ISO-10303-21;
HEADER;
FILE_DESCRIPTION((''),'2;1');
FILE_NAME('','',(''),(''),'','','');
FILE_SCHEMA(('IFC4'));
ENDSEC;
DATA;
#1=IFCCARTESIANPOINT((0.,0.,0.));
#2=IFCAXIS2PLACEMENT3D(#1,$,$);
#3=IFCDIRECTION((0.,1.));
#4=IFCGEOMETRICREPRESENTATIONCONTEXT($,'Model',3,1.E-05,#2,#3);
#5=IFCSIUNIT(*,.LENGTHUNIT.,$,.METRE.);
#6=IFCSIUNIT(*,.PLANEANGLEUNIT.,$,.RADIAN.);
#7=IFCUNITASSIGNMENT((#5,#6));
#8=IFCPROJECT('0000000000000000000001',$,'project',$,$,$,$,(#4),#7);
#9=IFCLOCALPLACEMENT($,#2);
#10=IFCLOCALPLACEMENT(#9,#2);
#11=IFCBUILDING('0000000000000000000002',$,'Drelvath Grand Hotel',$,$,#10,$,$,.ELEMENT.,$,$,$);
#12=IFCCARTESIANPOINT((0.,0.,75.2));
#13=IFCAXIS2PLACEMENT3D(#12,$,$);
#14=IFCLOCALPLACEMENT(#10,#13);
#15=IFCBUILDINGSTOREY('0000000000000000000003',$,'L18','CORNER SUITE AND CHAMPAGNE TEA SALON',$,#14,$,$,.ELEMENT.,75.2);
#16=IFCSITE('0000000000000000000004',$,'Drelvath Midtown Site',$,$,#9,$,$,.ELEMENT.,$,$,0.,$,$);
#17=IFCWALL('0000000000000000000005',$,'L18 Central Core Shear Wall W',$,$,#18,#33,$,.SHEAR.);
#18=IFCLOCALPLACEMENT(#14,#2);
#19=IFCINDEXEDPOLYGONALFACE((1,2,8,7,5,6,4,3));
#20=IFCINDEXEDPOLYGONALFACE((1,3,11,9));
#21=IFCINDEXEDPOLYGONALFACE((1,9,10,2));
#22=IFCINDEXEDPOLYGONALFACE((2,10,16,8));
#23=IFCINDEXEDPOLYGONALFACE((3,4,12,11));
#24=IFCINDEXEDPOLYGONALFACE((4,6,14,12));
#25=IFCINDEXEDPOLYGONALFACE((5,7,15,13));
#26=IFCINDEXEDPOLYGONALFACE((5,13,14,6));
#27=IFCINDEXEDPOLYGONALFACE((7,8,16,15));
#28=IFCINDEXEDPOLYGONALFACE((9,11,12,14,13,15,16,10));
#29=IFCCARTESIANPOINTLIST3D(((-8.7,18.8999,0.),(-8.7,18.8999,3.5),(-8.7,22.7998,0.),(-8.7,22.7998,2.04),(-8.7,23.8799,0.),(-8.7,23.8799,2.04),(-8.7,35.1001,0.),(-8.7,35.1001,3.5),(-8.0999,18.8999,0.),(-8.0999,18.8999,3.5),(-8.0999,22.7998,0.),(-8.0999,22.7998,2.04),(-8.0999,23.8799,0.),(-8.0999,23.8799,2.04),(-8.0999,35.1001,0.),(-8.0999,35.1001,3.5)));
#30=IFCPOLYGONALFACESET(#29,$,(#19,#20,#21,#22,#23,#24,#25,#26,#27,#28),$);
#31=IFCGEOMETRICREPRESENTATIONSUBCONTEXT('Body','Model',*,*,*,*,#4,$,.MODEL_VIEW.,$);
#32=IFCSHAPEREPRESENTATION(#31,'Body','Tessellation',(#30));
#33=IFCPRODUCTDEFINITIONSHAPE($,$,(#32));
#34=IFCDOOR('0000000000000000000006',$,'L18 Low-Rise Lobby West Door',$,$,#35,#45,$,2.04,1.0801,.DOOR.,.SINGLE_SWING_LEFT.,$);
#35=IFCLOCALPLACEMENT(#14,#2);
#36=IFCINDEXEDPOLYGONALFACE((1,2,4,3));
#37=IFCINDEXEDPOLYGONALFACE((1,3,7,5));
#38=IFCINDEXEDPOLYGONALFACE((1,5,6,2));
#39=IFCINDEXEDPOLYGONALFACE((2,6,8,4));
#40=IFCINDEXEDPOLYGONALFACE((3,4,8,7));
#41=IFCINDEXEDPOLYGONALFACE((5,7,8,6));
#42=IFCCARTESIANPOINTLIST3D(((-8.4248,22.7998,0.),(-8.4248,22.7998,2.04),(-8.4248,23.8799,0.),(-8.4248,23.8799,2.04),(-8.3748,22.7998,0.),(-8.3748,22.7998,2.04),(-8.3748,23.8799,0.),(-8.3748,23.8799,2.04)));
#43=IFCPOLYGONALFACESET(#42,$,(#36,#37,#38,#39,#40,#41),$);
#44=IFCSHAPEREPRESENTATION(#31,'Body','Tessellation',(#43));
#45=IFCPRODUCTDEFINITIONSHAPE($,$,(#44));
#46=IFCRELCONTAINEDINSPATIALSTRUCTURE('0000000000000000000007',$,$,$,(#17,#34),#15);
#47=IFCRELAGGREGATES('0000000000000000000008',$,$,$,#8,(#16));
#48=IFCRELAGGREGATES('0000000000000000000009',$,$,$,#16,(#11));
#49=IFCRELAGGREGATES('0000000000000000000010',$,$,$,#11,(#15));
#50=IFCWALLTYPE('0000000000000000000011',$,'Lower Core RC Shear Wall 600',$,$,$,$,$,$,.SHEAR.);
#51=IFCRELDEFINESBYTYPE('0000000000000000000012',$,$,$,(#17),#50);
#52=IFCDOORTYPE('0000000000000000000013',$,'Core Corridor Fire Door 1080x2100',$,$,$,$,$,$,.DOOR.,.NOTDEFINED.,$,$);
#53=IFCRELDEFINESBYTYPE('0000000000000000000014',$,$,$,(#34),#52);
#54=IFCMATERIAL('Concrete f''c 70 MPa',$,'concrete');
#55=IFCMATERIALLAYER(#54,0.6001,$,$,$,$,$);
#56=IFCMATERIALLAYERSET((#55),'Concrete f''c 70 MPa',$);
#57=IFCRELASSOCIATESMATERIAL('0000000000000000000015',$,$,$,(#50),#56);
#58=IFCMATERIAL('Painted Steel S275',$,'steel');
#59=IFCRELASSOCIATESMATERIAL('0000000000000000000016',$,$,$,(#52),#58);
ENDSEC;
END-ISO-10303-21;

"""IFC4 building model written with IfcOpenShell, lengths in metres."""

from ifc_helpers import new_model, si_unit, direction, frame, frame_2d, origin, place, context, subcontext, project, spatial, rectangle, extrude, material, layer, layer_set, type_object, element, fill, save


model = new_model("IFC4")

# Units and contexts
model_context = context("Model", 3, precision=1e-05, world=origin(), true_north=direction((0.0, 1.0)))
body_context = subcontext(model_context, "Body", "Model", "MODEL_VIEW")
ifc_project = project(units=[si_unit("LENGTHUNIT", "METRE"), si_unit("PLANEANGLEUNIT", "RADIAN")], contexts=[model_context])

# Site, building, storey
site_placement = place(None, origin())
site = spatial("IfcSite", under=ifc_project, at=site_placement, Name="Drelvath Midtown Site", CompositionType="ELEMENT", RefElevation=0.0)
building_placement = place(site_placement, origin())
building = spatial("IfcBuilding", under=site, at=building_placement, Name="Drelvath Grand Hotel", CompositionType="ELEMENT")
storey_placement = place(building_placement, frame((0.0, 0.0, 75.2)))
storey = spatial("IfcBuildingStorey", under=building, at=storey_placement, Name="L18", Description="CORNER SUITE AND CHAMPAGNE TEA SALON", CompositionType="ELEMENT", Elevation=75.2)

# Wall, opening, door
ifc_material_1 = material(Name="Concrete f'c 70 MPa", Category="concrete")
ifc_layer_1 = layer(ifc_material_1, 0.6001)
ifc_layer_set_1 = layer_set([ifc_layer_1], Name="Concrete f'c 70 MPa")
wall_type_1 = type_object("IfcWallType", Name="Lower Core RC Shear Wall 600", PredefinedType="SHEAR", material=ifc_layer_set_1)
wall_1_placement = place(storey_placement, frame((-8.3999, 18.8999, 0.0), z_axis=(0.0, 0.0, 1.0), x_axis=(0.0, 1.0, 0.0)))
wall_1 = element("IfcWall", 1, at=wall_1_placement, inside=storey, type_object=wall_type_1, Name="L18 Central Core Shear Wall W", PredefinedType="SHEAR", context=body_context, shape_type="SweptSolid", body=[
    extrude(rectangle(XDim=16.2002, YDim=0.6001, at=frame_2d((8.1001, 0.0))), origin(), (0.0, 0.0, 1.0), 3.5),
])
opening_1_placement = place(wall_1_placement, frame((3.8999, 0.0, 0.0)))
opening_1 = element("IfcOpeningElement", 2, at=opening_1_placement, cuts=wall_1, PredefinedType="OPENING", context=body_context, shape_type="SweptSolid", body=[
    extrude(rectangle(XDim=1.0801, YDim=2.04, at=frame_2d((0.54, 1.02))), frame((0.0, 0.3101, 0.0), z_axis=(0.0, -1.0, 0.0), x_axis=(1.0, 0.0, 0.0)), (0.0, 0.0, 1.0), 0.6201),
])
ifc_material_2 = material(Name="Painted Steel S275", Category="steel")
door_type_1 = type_object("IfcDoorType", Name="Core Corridor Fire Door 1080x2100", OperationType="NOTDEFINED", PredefinedType="DOOR", material=ifc_material_2)
door_1_placement = place(opening_1_placement, origin())
door_1 = element("IfcDoor", 3, at=door_1_placement, inside=storey, type_object=door_type_1, Name="L18 Low-Rise Lobby West Door", OperationType="SINGLE_SWING_LEFT", OverallHeight=2.04, OverallWidth=1.0801, PredefinedType="DOOR", context=body_context, shape_type="SweptSolid", body=[
    extrude(rectangle(XDim=1.0801, YDim=2.04, at=frame_2d((0.54, 1.02))), frame((0.0, 0.0249, 0.0), z_axis=(0.0, -1.0, 0.0), x_axis=(1.0, 0.0, 0.0)), (0.0, 0.0, 1.0), 0.05),
])
fill(opening_1, door_1)

save(model, "model.ifc")
